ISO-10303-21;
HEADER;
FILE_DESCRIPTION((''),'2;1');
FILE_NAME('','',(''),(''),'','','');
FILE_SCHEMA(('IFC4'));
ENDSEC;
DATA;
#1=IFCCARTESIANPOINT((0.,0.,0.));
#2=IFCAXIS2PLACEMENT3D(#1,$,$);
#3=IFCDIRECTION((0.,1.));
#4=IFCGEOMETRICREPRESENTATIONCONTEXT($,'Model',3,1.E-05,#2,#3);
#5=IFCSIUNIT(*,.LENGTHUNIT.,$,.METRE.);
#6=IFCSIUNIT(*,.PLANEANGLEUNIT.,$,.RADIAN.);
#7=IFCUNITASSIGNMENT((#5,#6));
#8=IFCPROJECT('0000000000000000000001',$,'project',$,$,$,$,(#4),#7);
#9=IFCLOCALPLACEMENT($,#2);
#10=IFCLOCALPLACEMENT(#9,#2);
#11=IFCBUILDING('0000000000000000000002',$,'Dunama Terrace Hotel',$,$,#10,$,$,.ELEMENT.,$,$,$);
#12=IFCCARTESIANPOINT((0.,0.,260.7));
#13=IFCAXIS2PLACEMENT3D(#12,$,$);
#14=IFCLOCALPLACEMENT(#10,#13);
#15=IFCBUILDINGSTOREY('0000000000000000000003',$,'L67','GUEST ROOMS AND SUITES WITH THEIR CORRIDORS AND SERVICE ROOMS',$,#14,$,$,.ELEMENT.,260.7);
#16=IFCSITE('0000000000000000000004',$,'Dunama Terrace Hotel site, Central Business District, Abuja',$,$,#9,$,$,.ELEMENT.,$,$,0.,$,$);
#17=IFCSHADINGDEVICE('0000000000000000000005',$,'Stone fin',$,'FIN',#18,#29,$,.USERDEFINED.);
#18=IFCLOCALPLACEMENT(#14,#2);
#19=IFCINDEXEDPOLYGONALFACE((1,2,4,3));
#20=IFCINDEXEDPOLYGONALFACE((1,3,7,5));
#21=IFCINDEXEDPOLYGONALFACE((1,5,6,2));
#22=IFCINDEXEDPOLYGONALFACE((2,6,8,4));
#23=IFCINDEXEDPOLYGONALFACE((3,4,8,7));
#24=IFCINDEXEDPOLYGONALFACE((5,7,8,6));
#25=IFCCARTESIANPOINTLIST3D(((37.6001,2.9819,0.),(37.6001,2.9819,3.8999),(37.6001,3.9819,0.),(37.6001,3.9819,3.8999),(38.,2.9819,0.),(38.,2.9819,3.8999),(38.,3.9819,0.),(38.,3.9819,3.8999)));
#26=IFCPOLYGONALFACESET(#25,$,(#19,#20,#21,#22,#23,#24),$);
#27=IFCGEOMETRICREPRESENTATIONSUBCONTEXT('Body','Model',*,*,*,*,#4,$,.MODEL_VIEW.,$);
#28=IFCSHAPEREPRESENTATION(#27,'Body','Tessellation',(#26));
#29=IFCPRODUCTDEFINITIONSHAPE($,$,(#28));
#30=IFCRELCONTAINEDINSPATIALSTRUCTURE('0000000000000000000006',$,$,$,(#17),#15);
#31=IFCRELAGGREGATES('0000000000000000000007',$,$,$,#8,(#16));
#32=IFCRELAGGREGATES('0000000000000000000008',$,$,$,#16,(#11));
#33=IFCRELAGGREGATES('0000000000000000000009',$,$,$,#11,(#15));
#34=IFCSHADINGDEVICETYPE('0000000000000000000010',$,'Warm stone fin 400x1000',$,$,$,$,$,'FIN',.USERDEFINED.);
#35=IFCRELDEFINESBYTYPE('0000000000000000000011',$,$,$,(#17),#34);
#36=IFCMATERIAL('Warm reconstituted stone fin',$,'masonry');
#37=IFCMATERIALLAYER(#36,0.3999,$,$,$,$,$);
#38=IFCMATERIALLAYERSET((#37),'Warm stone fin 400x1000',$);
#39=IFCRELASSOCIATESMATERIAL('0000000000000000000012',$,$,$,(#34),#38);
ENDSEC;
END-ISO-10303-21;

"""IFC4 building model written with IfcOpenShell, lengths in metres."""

from ifc_helpers import new_model, si_unit, direction, frame, origin, origin_2d, place, context, subcontext, project, spatial, rectangle, extrude, material, layer, layer_set, type_object, element, save


model = new_model("IFC4")

# Units and contexts
model_context = context("Model", 3, precision=1e-05, world=origin(), true_north=direction((0.0, 1.0)))
body_context = subcontext(model_context, "Body", "Model", "MODEL_VIEW")
ifc_project = project(units=[si_unit("LENGTHUNIT", "METRE"), si_unit("PLANEANGLEUNIT", "RADIAN")], contexts=[model_context])

# Site, building, storey
site_placement = place(None, origin())
site = spatial("IfcSite", under=ifc_project, at=site_placement, Name="Dunama Terrace Hotel site, Central Business District, Abuja", CompositionType="ELEMENT", RefElevation=0.0)
building_placement = place(site_placement, origin())
building = spatial("IfcBuilding", under=site, at=building_placement, Name="Dunama Terrace Hotel", CompositionType="ELEMENT")
storey_placement = place(building_placement, frame((0.0, 0.0, 260.7)))
storey = spatial("IfcBuildingStorey", under=building, at=storey_placement, Name="L67", Description="GUEST ROOMS AND SUITES WITH THEIR CORRIDORS AND SERVICE ROOMS", CompositionType="ELEMENT", Elevation=260.7)

# Shading device
ifc_material_1 = material(Name="Warm reconstituted stone fin", Category="masonry")
ifc_layer_1 = layer(ifc_material_1, 0.3999)
ifc_layer_set_1 = layer_set([ifc_layer_1], Name="Warm stone fin 400x1000")
shading_device_type = type_object("IfcShadingDeviceType", Name="Warm stone fin 400x1000", ElementType="FIN", PredefinedType="USERDEFINED", material=ifc_layer_set_1)
shading_device_placement = place(storey_placement, frame((37.8, 3.4819, 0.0), z_axis=(0.0, 0.0, 1.0), x_axis=(1.0, 0.0, 0.0)))
element("IfcShadingDevice", 1, at=shading_device_placement, inside=storey, type_object=shading_device_type, Name="Stone fin", ObjectType="FIN", PredefinedType="USERDEFINED", context=body_context, shape_type="SweptSolid", body=[
    extrude(rectangle(XDim=0.3999, YDim=1.0, at=origin_2d()), origin(), (0.0, 0.0, 1.0), 3.8999),
])

save(model, "model.ifc")
